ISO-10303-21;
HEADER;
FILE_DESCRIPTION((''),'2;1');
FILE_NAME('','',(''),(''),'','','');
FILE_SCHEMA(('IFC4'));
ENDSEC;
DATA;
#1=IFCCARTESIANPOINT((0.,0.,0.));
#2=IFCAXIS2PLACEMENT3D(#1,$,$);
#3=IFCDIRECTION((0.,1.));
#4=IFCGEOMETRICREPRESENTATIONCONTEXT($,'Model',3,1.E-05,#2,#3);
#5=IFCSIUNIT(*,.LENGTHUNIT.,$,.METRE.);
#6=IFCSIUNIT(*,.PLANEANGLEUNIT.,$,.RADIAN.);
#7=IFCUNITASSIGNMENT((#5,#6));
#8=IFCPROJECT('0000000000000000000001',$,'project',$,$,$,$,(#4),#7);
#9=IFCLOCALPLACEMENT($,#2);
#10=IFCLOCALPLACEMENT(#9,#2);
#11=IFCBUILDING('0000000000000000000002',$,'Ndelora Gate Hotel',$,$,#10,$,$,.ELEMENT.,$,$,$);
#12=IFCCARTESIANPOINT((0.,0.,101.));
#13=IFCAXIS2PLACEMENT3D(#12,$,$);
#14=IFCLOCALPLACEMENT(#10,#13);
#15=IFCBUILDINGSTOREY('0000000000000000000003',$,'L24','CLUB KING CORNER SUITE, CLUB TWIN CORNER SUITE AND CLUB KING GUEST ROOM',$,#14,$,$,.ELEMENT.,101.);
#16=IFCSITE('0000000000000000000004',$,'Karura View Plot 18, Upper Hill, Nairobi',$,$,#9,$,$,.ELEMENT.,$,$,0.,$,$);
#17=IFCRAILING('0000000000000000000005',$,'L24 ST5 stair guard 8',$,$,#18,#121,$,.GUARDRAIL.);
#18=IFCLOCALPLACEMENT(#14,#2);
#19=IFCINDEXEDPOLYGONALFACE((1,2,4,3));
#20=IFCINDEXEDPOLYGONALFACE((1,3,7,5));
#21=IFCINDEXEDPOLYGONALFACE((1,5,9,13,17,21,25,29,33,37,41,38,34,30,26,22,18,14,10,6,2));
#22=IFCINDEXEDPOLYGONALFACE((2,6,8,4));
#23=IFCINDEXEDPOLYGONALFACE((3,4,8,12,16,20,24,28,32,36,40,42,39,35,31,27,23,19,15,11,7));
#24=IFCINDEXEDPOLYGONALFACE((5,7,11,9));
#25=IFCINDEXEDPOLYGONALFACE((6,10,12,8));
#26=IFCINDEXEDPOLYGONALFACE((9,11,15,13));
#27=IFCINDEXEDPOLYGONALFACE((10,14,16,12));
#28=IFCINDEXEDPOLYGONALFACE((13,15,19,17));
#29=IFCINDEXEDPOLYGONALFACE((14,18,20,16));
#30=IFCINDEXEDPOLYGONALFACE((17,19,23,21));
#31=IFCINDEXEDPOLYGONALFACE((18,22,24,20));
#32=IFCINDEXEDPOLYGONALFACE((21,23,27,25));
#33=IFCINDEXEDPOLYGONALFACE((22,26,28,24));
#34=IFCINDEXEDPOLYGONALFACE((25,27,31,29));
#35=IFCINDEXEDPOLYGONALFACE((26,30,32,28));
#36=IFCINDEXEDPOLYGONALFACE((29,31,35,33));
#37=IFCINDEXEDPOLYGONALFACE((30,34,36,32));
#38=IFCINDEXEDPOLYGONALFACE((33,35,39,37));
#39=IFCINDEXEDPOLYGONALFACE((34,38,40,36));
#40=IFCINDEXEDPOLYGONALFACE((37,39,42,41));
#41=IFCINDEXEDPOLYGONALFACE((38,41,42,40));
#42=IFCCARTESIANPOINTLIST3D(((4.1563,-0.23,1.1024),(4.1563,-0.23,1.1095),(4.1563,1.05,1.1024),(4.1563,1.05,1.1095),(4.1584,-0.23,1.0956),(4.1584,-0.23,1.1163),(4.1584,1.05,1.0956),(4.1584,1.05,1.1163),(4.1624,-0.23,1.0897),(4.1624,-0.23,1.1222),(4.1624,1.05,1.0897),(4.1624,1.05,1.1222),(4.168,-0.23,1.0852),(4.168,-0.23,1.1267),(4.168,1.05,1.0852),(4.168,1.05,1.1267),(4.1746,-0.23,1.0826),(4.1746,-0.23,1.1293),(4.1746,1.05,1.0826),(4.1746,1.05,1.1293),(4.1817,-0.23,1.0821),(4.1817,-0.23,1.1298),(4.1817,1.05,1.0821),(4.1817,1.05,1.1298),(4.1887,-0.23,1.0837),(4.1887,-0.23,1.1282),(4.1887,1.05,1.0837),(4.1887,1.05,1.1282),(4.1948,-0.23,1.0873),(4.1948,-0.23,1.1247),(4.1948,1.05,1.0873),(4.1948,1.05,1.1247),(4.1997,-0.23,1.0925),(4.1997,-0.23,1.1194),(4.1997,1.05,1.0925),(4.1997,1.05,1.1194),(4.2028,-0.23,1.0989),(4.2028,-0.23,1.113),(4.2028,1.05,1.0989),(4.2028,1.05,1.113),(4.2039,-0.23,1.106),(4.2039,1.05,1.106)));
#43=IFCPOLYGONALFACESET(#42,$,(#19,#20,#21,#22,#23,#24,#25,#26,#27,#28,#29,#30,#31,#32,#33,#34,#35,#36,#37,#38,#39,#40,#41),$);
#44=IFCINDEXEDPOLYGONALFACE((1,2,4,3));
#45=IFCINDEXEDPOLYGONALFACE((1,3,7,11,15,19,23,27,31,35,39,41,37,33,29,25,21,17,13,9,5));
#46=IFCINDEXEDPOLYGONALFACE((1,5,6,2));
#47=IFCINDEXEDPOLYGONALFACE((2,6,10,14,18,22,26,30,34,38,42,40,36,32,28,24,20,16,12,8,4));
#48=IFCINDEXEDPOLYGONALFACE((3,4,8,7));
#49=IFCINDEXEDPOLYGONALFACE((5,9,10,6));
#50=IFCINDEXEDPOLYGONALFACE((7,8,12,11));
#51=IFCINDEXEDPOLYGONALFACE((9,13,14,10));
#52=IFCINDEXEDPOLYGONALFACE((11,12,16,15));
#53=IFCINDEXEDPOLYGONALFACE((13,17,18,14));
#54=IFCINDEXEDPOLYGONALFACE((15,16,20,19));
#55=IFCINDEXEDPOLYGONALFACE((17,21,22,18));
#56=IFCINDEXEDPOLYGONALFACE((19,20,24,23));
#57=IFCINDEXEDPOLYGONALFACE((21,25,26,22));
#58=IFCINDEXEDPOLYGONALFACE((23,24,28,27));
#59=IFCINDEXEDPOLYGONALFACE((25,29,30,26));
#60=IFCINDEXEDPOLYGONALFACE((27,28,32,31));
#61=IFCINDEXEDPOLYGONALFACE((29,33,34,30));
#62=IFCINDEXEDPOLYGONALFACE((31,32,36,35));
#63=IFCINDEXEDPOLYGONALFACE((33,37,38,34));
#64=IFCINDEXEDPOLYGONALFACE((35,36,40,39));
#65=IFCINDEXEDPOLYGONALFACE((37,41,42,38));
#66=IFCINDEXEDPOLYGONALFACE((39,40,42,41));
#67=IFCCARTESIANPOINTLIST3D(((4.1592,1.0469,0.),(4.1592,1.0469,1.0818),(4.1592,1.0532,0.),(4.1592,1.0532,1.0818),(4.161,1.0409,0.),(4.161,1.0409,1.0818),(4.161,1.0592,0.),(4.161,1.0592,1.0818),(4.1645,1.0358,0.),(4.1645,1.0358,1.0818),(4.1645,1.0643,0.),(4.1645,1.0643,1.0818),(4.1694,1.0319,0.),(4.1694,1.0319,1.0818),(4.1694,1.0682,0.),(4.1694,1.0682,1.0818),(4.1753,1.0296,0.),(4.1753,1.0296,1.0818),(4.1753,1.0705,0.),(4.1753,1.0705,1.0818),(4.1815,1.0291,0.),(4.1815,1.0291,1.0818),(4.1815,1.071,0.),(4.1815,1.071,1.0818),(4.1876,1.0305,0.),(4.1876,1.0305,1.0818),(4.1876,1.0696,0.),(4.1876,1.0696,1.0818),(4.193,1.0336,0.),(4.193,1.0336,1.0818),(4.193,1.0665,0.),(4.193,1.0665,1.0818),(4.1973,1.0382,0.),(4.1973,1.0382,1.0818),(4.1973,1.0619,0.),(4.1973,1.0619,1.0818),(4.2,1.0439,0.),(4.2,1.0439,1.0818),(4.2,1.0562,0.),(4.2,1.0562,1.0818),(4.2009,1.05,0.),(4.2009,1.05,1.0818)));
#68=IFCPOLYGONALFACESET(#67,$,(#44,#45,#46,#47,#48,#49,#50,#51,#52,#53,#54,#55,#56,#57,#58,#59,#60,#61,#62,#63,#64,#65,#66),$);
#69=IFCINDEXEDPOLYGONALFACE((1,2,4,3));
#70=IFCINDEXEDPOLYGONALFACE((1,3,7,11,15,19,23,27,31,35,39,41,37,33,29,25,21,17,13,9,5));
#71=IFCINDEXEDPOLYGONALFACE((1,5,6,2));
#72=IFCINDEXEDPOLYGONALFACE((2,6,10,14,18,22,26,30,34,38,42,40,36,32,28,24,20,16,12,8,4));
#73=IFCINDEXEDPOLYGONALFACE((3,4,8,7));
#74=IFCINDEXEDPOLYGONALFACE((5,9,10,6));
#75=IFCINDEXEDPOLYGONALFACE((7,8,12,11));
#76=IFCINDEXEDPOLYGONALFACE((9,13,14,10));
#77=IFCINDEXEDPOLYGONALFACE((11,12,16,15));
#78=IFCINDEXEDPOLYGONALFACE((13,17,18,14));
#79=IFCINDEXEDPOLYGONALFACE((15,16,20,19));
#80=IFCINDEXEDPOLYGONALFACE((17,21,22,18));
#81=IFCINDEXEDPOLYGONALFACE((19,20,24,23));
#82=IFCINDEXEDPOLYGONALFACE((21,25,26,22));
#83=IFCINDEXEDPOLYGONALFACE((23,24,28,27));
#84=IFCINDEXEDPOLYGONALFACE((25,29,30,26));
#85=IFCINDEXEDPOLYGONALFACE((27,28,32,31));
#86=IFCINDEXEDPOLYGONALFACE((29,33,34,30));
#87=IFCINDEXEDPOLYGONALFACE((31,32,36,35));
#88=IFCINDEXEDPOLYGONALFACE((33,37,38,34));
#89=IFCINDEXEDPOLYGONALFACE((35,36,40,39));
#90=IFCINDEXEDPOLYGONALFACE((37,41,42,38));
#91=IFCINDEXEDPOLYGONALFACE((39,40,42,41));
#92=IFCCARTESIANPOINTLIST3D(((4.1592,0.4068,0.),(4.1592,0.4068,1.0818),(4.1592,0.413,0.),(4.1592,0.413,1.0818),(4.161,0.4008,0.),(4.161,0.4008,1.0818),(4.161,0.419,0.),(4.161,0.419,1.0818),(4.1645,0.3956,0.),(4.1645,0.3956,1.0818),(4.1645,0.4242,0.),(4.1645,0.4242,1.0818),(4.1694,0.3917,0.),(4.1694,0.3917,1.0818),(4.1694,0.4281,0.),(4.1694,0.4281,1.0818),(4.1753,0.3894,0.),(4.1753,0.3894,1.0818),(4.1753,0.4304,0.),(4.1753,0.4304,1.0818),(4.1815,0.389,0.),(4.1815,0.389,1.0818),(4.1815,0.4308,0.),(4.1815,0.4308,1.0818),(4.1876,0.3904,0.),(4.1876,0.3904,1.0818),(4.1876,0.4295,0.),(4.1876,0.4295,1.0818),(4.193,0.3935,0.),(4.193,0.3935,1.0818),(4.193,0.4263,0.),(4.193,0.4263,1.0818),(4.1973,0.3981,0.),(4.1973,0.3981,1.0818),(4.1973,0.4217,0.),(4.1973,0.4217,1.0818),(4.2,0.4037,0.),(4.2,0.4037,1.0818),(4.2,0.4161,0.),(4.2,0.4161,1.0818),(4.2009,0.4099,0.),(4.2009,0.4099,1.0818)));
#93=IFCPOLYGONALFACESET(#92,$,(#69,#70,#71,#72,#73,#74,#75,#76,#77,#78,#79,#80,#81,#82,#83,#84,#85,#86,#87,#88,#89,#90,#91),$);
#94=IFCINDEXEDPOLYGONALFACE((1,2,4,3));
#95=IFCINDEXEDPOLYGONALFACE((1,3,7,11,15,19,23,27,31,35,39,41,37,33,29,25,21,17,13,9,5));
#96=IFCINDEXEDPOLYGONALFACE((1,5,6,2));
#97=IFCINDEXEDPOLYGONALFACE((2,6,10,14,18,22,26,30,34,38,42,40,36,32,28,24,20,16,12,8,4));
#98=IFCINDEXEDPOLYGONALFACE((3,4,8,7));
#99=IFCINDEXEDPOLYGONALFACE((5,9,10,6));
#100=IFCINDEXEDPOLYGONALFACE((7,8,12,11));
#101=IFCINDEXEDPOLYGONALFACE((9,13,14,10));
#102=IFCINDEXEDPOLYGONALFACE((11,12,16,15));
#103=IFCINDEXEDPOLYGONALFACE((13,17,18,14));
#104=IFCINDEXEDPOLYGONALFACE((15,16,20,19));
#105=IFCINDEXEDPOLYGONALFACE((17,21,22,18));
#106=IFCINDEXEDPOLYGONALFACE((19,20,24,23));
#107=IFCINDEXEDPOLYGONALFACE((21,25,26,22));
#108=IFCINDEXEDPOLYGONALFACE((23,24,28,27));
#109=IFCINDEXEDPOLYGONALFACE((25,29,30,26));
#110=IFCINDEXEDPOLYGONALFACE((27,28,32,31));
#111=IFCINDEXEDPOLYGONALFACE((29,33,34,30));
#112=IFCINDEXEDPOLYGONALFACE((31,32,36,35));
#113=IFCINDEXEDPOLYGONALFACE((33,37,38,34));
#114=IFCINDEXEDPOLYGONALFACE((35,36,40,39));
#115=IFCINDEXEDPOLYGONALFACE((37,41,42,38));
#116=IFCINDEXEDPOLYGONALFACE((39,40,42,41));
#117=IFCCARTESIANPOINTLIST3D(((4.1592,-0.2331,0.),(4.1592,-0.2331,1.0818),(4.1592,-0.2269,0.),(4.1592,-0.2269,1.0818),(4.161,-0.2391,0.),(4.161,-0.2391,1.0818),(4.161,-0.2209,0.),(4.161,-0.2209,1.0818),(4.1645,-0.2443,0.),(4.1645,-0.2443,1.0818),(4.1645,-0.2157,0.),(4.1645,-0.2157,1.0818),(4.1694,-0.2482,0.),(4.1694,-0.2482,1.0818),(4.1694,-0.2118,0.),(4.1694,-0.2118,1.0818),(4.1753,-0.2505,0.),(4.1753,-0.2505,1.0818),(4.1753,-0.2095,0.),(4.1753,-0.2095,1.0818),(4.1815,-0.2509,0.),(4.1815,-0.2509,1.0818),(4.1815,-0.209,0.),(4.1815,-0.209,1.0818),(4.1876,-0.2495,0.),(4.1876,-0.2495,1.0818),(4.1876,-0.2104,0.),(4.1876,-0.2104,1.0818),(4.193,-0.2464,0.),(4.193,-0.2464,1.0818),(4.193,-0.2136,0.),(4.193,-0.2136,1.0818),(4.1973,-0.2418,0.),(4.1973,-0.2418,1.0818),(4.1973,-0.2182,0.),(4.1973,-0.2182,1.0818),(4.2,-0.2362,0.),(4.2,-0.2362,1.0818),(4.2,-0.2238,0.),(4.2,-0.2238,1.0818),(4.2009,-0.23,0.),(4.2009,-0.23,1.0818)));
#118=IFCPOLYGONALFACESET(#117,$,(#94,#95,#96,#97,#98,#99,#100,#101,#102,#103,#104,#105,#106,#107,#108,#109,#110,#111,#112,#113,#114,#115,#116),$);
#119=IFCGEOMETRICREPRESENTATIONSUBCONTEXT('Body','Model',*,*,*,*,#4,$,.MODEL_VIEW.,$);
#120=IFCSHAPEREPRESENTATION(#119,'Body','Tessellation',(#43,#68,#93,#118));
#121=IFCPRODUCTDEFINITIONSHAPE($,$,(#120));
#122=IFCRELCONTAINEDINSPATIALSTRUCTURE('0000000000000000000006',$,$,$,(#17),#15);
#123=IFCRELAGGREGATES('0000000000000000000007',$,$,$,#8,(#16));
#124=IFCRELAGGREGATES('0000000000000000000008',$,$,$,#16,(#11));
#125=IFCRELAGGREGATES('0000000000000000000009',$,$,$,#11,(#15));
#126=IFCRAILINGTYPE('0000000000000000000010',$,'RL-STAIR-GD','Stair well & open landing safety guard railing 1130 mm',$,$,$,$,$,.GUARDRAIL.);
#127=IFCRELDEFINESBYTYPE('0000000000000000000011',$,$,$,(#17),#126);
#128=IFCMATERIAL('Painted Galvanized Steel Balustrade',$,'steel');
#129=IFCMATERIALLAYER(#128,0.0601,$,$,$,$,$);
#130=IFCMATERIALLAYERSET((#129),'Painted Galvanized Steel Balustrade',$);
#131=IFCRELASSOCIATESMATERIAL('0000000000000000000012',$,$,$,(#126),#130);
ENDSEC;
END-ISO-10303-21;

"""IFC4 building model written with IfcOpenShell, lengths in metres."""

from ifc_helpers import new_model, si_unit, direction, frame, origin, origin_2d, place, context, subcontext, project, spatial, circle, extrude, material, layer, layer_set, type_object, element, save


model = new_model("IFC4")

# Units and contexts
model_context = context("Model", 3, precision=1e-05, world=origin(), true_north=direction((0.0, 1.0)))
body_context = subcontext(model_context, "Body", "Model", "MODEL_VIEW")
ifc_project = project(units=[si_unit("LENGTHUNIT", "METRE"), si_unit("PLANEANGLEUNIT", "RADIAN")], contexts=[model_context])

# Site, building, storey
site_placement = place(None, origin())
site = spatial("IfcSite", under=ifc_project, at=site_placement, Name="Karura View Plot 18, Upper Hill, Nairobi", CompositionType="ELEMENT", RefElevation=0.0)
building_placement = place(site_placement, origin())
building = spatial("IfcBuilding", under=site, at=building_placement, Name="Ndelora Gate Hotel", CompositionType="ELEMENT")
storey_placement = place(building_placement, frame((0.0, 0.0, 101.0)))
storey = spatial("IfcBuildingStorey", under=building, at=storey_placement, Name="L24", Description="CLUB KING CORNER SUITE, CLUB TWIN CORNER SUITE AND CLUB KING GUEST ROOM", CompositionType="ELEMENT", Elevation=101.0)

# Railing
ifc_material_1 = material(Name="Painted Galvanized Steel Balustrade", Category="steel")
ifc_layer_1 = layer(ifc_material_1, 0.0601)
ifc_layer_set_1 = layer_set([ifc_layer_1], Name="Painted Galvanized Steel Balustrade")
railing_type = type_object("IfcRailingType", Name="RL-STAIR-GD", Description="Stair well & open landing safety guard railing 1130 mm", PredefinedType="GUARDRAIL", material=ifc_layer_set_1)
railing_1_placement = place(storey_placement, frame((4.1799, 1.05, 0.0)))
element("IfcRailing", 1, at=railing_1_placement, inside=storey, type_object=railing_type, Name="L24 ST5 stair guard 8", PredefinedType="GUARDRAIL", context=body_context, shape_type="SweptSolid", body=[
    extrude(circle(Radius=0.0239, at=origin_2d()), frame((0.0, 0.0, 1.106), z_axis=(0.0, -1.0, 0.0), x_axis=(1.0, 0.0, 0.0)), (0.0, 0.0, 1.0), 1.28),
    extrude(circle(Radius=0.021, at=origin_2d()), origin(), (0.0, 0.0, 1.0), 1.0818),
    extrude(circle(Radius=0.021, at=origin_2d()), frame((0.0, -0.6401, 0.0)), (0.0, 0.0, 1.0), 1.0818),
    extrude(circle(Radius=0.021, at=origin_2d()), frame((0.0, -1.28, 0.0)), (0.0, 0.0, 1.0), 1.0818),
])

save(model, "model.ifc")
